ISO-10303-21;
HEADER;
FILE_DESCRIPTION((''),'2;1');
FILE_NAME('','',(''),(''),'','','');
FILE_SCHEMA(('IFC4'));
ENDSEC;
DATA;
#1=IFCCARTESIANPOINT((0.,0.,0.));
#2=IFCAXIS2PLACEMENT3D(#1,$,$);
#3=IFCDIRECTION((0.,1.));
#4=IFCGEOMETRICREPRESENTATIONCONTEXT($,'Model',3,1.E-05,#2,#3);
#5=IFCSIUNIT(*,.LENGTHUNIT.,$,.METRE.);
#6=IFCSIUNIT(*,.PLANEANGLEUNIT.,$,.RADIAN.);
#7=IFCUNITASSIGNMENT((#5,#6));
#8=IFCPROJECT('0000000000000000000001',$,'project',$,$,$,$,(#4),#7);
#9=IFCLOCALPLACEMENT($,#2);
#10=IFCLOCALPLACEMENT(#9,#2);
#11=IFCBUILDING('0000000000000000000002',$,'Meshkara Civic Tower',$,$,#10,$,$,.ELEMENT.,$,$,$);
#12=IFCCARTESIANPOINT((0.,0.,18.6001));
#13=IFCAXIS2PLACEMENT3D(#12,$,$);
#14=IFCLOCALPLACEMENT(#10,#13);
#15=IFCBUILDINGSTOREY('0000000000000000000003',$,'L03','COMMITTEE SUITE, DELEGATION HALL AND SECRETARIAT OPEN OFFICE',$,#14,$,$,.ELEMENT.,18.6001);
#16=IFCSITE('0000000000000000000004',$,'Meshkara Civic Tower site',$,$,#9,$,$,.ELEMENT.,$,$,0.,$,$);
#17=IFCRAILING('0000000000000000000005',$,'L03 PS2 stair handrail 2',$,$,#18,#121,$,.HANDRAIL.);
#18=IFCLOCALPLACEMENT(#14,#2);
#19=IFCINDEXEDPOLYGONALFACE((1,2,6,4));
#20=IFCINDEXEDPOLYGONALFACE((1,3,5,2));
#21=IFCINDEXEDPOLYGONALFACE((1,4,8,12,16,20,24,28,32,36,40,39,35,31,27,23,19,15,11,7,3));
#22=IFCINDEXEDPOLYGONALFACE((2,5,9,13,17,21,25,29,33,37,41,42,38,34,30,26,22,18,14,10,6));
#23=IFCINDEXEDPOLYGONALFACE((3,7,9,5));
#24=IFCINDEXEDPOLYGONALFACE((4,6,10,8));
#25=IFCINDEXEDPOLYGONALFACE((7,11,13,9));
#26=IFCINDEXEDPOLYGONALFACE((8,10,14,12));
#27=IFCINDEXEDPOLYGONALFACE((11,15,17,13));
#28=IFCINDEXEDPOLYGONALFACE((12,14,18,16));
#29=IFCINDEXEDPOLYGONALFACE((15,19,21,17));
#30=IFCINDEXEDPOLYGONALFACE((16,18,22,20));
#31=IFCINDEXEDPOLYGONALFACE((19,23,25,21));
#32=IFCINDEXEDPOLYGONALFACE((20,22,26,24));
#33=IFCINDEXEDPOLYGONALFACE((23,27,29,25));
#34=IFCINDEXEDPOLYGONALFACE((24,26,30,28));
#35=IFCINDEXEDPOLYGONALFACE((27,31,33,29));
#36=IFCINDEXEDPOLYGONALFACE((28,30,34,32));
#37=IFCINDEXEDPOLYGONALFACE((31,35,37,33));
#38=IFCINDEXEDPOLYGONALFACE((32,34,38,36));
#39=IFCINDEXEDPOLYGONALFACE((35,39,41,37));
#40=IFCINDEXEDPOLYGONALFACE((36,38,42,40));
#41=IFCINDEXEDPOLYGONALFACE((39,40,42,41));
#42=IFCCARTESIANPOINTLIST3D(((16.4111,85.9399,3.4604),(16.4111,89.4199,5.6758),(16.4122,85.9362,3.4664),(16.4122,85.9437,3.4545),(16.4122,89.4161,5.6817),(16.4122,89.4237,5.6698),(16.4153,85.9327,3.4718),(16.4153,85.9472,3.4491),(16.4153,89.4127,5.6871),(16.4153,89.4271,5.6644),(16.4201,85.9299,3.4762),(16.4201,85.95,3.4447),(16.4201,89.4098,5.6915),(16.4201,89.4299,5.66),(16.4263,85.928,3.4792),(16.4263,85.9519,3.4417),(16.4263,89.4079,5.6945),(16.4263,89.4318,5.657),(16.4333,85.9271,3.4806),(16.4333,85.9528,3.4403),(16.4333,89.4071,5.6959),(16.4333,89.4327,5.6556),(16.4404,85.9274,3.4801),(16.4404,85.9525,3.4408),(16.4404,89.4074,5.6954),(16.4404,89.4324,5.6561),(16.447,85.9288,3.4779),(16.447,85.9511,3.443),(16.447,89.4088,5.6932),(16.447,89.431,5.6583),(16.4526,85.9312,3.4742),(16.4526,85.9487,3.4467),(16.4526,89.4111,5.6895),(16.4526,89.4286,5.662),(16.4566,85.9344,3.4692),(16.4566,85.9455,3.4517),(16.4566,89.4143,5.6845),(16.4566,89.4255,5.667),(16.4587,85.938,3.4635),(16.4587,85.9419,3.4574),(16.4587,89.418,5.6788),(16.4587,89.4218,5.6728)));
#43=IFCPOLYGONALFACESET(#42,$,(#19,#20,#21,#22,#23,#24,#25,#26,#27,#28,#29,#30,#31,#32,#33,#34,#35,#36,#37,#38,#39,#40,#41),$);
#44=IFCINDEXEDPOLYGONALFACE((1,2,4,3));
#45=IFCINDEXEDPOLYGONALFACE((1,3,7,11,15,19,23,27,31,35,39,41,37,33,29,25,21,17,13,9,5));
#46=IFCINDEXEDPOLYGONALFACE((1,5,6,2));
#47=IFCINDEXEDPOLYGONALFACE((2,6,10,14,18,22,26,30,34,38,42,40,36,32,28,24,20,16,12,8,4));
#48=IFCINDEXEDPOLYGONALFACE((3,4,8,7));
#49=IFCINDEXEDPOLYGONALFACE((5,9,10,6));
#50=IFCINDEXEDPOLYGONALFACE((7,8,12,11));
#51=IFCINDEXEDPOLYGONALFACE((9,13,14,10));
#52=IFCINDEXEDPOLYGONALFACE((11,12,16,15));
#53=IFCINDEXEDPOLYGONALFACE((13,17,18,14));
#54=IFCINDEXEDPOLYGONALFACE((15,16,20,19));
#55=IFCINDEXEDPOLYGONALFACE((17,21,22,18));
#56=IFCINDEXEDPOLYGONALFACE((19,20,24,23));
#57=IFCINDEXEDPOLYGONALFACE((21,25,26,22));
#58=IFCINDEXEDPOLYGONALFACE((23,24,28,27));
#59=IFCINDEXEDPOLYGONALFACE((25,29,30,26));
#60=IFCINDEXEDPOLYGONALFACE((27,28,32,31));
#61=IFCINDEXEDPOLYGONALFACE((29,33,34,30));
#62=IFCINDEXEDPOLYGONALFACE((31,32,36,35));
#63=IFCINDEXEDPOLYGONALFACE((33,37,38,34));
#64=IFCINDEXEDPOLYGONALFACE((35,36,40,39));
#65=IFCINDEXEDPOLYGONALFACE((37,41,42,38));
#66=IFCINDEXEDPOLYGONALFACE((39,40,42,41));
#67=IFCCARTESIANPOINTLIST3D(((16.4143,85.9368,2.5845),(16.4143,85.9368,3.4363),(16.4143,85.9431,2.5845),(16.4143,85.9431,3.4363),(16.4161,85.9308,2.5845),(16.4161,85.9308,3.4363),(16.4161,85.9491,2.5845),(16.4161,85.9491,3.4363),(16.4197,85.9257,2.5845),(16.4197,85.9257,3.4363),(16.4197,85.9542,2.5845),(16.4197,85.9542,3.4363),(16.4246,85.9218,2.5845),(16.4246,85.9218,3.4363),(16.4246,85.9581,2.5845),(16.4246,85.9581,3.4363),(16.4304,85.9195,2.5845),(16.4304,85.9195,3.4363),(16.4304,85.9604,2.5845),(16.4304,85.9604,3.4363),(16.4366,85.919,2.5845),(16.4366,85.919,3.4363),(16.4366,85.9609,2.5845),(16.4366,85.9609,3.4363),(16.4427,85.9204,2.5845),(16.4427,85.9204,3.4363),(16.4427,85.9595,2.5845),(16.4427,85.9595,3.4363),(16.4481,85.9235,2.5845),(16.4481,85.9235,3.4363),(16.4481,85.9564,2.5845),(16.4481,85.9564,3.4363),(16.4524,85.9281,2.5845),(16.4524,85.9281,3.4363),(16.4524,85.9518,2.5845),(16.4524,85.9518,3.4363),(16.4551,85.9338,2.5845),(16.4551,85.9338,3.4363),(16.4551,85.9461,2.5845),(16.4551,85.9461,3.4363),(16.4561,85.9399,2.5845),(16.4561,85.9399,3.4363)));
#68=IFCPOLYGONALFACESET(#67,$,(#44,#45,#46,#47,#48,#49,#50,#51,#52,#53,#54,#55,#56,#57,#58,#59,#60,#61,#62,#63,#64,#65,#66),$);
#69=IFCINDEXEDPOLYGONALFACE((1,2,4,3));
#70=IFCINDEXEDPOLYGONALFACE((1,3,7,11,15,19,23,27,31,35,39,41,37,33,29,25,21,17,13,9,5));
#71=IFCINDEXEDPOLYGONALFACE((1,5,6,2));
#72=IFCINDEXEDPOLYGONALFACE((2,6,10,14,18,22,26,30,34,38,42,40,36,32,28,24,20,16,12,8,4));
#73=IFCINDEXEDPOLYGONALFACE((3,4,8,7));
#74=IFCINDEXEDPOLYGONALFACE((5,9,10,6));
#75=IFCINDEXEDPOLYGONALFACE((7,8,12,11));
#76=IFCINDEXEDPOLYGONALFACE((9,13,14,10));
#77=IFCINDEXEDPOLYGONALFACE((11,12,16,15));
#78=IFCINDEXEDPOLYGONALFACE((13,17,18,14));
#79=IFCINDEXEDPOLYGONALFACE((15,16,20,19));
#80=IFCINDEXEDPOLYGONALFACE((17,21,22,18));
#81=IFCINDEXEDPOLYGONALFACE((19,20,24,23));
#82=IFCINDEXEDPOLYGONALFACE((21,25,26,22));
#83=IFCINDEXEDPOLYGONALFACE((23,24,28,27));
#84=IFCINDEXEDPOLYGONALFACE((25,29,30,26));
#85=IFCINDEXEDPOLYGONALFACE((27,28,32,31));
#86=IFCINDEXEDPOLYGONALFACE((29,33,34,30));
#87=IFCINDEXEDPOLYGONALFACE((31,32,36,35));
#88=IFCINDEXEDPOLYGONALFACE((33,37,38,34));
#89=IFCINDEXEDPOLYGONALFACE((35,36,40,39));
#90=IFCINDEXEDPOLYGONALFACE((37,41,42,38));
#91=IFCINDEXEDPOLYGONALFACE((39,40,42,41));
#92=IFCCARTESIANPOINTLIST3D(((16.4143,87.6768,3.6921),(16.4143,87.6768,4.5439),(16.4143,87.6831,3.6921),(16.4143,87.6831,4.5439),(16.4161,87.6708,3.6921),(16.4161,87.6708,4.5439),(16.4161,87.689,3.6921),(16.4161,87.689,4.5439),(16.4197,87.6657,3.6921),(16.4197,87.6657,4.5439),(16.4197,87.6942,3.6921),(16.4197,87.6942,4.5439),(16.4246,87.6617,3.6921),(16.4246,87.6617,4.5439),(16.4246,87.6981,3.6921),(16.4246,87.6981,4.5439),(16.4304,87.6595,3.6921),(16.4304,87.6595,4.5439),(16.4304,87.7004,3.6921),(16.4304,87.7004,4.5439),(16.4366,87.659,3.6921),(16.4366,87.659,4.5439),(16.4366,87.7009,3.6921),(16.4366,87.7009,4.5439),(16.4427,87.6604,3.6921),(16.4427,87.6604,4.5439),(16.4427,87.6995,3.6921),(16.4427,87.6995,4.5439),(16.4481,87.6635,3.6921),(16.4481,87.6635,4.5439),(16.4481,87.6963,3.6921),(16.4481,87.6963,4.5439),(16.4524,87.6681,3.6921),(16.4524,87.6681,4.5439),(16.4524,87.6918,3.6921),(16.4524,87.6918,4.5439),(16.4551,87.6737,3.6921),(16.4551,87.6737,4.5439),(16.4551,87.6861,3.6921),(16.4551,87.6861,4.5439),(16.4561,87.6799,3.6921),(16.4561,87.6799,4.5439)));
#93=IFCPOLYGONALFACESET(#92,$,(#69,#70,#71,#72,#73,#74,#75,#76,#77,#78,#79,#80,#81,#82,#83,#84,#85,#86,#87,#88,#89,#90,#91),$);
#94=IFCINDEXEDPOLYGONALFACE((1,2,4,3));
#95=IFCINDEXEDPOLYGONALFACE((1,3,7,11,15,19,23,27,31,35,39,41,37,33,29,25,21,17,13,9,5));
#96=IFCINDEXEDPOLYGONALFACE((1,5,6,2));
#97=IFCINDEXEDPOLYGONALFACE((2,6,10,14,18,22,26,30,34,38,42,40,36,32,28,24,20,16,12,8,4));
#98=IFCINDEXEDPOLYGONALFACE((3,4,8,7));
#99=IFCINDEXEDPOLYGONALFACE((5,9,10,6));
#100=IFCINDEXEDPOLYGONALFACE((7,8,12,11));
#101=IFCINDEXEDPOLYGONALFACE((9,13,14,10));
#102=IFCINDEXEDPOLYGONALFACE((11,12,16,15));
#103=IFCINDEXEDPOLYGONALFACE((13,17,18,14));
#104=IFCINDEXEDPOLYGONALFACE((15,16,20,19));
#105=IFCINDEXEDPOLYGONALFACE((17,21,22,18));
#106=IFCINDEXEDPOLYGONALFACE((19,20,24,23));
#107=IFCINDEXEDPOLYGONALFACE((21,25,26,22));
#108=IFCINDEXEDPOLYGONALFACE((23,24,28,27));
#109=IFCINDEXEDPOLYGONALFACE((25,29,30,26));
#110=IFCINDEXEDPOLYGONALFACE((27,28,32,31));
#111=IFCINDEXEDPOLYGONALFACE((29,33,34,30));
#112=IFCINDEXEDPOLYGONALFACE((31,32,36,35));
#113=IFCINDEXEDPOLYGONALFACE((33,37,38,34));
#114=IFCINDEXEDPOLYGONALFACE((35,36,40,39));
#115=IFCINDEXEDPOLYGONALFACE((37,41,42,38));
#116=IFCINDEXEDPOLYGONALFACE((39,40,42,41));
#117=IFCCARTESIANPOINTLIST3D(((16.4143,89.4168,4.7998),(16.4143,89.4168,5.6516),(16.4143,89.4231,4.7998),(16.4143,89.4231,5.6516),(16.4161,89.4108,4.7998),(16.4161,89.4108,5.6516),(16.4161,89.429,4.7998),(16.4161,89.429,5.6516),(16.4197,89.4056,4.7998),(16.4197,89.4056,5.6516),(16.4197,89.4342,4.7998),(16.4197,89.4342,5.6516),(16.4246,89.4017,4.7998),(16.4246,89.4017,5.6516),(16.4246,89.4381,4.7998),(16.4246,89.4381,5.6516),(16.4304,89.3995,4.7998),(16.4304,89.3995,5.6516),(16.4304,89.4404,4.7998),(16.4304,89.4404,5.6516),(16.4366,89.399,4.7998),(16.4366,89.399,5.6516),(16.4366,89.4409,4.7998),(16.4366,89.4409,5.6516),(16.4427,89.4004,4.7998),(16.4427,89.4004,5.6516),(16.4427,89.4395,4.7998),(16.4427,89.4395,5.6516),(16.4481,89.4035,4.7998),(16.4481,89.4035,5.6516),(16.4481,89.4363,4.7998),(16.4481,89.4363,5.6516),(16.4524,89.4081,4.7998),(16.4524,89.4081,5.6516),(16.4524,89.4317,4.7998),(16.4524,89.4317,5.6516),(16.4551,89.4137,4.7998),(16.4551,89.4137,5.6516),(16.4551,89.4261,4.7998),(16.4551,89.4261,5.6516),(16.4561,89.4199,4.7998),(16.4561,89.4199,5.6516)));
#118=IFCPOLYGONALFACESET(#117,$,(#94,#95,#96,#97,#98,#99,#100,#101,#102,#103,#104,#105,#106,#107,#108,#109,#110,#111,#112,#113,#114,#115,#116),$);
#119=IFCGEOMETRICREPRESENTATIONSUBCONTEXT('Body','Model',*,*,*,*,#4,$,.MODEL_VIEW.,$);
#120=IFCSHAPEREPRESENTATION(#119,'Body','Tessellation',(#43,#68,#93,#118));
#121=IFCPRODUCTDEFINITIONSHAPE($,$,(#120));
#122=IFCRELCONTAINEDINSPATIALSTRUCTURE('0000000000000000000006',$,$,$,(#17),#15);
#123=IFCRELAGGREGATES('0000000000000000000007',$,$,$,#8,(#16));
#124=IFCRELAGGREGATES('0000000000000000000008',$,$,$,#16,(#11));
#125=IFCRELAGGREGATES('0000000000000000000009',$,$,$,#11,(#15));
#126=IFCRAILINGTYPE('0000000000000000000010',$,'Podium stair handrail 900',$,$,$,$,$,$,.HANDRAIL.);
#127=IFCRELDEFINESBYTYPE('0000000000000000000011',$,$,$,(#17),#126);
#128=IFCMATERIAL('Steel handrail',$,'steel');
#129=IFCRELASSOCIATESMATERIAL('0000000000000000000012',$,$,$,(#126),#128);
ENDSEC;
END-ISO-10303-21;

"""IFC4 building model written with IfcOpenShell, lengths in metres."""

from ifc_helpers import new_model, si_unit, direction, frame, origin, origin_2d, place, context, subcontext, project, spatial, circle, extrude, material, type_object, element, save


model = new_model("IFC4")

# Units and contexts
model_context = context("Model", 3, precision=1e-05, world=origin(), true_north=direction((0.0, 1.0)))
body_context = subcontext(model_context, "Body", "Model", "MODEL_VIEW")
ifc_project = project(units=[si_unit("LENGTHUNIT", "METRE"), si_unit("PLANEANGLEUNIT", "RADIAN")], contexts=[model_context])

# Site, building, storey
site_placement = place(None, origin())
site = spatial("IfcSite", under=ifc_project, at=site_placement, Name="Meshkara Civic Tower site", CompositionType="ELEMENT", RefElevation=0.0)
building_placement = place(site_placement, origin())
building = spatial("IfcBuilding", under=site, at=building_placement, Name="Meshkara Civic Tower", CompositionType="ELEMENT")
storey_placement = place(building_placement, frame((0.0, 0.0, 18.6001)))
storey = spatial("IfcBuildingStorey", under=building, at=storey_placement, Name="L03", Description="COMMITTEE SUITE, DELEGATION HALL AND SECRETARIAT OPEN OFFICE", CompositionType="ELEMENT", Elevation=18.6001)

# Railing
ifc_material_1 = material(Name="Steel handrail", Category="steel")
railing_type_1 = type_object("IfcRailingType", Name="Podium stair handrail 900", PredefinedType="HANDRAIL", material=ifc_material_1)
railing_1_placement = place(storey_placement, frame((16.4351, 85.9399, 2.5845)))
element("IfcRailing", 1, at=railing_1_placement, inside=storey, type_object=railing_type_1, Name="L03 PS2 stair handrail 2", PredefinedType="HANDRAIL", context=body_context, shape_type="SweptSolid", body=[
    extrude(circle(Radius=0.0239, at=origin_2d()), frame((0.0, 0.0, 0.876), z_axis=(0.0, 0.843574, 0.537013), x_axis=(-1.0, 0.0, 0.0)), (0.0, 0.0, 1.0), 4.1252),
    extrude(circle(Radius=0.021, at=origin_2d()), origin(), (0.0, 0.0, 1.0), 0.8518),
    extrude(circle(Radius=0.021, at=origin_2d()), frame((0.0, 1.74, 1.1077)), (0.0, 0.0, 1.0), 0.8518),
    extrude(circle(Radius=0.021, at=origin_2d()), frame((0.0, 3.48, 2.2153)), (0.0, 0.0, 1.0), 0.8518),
])

save(model, "model.ifc")
